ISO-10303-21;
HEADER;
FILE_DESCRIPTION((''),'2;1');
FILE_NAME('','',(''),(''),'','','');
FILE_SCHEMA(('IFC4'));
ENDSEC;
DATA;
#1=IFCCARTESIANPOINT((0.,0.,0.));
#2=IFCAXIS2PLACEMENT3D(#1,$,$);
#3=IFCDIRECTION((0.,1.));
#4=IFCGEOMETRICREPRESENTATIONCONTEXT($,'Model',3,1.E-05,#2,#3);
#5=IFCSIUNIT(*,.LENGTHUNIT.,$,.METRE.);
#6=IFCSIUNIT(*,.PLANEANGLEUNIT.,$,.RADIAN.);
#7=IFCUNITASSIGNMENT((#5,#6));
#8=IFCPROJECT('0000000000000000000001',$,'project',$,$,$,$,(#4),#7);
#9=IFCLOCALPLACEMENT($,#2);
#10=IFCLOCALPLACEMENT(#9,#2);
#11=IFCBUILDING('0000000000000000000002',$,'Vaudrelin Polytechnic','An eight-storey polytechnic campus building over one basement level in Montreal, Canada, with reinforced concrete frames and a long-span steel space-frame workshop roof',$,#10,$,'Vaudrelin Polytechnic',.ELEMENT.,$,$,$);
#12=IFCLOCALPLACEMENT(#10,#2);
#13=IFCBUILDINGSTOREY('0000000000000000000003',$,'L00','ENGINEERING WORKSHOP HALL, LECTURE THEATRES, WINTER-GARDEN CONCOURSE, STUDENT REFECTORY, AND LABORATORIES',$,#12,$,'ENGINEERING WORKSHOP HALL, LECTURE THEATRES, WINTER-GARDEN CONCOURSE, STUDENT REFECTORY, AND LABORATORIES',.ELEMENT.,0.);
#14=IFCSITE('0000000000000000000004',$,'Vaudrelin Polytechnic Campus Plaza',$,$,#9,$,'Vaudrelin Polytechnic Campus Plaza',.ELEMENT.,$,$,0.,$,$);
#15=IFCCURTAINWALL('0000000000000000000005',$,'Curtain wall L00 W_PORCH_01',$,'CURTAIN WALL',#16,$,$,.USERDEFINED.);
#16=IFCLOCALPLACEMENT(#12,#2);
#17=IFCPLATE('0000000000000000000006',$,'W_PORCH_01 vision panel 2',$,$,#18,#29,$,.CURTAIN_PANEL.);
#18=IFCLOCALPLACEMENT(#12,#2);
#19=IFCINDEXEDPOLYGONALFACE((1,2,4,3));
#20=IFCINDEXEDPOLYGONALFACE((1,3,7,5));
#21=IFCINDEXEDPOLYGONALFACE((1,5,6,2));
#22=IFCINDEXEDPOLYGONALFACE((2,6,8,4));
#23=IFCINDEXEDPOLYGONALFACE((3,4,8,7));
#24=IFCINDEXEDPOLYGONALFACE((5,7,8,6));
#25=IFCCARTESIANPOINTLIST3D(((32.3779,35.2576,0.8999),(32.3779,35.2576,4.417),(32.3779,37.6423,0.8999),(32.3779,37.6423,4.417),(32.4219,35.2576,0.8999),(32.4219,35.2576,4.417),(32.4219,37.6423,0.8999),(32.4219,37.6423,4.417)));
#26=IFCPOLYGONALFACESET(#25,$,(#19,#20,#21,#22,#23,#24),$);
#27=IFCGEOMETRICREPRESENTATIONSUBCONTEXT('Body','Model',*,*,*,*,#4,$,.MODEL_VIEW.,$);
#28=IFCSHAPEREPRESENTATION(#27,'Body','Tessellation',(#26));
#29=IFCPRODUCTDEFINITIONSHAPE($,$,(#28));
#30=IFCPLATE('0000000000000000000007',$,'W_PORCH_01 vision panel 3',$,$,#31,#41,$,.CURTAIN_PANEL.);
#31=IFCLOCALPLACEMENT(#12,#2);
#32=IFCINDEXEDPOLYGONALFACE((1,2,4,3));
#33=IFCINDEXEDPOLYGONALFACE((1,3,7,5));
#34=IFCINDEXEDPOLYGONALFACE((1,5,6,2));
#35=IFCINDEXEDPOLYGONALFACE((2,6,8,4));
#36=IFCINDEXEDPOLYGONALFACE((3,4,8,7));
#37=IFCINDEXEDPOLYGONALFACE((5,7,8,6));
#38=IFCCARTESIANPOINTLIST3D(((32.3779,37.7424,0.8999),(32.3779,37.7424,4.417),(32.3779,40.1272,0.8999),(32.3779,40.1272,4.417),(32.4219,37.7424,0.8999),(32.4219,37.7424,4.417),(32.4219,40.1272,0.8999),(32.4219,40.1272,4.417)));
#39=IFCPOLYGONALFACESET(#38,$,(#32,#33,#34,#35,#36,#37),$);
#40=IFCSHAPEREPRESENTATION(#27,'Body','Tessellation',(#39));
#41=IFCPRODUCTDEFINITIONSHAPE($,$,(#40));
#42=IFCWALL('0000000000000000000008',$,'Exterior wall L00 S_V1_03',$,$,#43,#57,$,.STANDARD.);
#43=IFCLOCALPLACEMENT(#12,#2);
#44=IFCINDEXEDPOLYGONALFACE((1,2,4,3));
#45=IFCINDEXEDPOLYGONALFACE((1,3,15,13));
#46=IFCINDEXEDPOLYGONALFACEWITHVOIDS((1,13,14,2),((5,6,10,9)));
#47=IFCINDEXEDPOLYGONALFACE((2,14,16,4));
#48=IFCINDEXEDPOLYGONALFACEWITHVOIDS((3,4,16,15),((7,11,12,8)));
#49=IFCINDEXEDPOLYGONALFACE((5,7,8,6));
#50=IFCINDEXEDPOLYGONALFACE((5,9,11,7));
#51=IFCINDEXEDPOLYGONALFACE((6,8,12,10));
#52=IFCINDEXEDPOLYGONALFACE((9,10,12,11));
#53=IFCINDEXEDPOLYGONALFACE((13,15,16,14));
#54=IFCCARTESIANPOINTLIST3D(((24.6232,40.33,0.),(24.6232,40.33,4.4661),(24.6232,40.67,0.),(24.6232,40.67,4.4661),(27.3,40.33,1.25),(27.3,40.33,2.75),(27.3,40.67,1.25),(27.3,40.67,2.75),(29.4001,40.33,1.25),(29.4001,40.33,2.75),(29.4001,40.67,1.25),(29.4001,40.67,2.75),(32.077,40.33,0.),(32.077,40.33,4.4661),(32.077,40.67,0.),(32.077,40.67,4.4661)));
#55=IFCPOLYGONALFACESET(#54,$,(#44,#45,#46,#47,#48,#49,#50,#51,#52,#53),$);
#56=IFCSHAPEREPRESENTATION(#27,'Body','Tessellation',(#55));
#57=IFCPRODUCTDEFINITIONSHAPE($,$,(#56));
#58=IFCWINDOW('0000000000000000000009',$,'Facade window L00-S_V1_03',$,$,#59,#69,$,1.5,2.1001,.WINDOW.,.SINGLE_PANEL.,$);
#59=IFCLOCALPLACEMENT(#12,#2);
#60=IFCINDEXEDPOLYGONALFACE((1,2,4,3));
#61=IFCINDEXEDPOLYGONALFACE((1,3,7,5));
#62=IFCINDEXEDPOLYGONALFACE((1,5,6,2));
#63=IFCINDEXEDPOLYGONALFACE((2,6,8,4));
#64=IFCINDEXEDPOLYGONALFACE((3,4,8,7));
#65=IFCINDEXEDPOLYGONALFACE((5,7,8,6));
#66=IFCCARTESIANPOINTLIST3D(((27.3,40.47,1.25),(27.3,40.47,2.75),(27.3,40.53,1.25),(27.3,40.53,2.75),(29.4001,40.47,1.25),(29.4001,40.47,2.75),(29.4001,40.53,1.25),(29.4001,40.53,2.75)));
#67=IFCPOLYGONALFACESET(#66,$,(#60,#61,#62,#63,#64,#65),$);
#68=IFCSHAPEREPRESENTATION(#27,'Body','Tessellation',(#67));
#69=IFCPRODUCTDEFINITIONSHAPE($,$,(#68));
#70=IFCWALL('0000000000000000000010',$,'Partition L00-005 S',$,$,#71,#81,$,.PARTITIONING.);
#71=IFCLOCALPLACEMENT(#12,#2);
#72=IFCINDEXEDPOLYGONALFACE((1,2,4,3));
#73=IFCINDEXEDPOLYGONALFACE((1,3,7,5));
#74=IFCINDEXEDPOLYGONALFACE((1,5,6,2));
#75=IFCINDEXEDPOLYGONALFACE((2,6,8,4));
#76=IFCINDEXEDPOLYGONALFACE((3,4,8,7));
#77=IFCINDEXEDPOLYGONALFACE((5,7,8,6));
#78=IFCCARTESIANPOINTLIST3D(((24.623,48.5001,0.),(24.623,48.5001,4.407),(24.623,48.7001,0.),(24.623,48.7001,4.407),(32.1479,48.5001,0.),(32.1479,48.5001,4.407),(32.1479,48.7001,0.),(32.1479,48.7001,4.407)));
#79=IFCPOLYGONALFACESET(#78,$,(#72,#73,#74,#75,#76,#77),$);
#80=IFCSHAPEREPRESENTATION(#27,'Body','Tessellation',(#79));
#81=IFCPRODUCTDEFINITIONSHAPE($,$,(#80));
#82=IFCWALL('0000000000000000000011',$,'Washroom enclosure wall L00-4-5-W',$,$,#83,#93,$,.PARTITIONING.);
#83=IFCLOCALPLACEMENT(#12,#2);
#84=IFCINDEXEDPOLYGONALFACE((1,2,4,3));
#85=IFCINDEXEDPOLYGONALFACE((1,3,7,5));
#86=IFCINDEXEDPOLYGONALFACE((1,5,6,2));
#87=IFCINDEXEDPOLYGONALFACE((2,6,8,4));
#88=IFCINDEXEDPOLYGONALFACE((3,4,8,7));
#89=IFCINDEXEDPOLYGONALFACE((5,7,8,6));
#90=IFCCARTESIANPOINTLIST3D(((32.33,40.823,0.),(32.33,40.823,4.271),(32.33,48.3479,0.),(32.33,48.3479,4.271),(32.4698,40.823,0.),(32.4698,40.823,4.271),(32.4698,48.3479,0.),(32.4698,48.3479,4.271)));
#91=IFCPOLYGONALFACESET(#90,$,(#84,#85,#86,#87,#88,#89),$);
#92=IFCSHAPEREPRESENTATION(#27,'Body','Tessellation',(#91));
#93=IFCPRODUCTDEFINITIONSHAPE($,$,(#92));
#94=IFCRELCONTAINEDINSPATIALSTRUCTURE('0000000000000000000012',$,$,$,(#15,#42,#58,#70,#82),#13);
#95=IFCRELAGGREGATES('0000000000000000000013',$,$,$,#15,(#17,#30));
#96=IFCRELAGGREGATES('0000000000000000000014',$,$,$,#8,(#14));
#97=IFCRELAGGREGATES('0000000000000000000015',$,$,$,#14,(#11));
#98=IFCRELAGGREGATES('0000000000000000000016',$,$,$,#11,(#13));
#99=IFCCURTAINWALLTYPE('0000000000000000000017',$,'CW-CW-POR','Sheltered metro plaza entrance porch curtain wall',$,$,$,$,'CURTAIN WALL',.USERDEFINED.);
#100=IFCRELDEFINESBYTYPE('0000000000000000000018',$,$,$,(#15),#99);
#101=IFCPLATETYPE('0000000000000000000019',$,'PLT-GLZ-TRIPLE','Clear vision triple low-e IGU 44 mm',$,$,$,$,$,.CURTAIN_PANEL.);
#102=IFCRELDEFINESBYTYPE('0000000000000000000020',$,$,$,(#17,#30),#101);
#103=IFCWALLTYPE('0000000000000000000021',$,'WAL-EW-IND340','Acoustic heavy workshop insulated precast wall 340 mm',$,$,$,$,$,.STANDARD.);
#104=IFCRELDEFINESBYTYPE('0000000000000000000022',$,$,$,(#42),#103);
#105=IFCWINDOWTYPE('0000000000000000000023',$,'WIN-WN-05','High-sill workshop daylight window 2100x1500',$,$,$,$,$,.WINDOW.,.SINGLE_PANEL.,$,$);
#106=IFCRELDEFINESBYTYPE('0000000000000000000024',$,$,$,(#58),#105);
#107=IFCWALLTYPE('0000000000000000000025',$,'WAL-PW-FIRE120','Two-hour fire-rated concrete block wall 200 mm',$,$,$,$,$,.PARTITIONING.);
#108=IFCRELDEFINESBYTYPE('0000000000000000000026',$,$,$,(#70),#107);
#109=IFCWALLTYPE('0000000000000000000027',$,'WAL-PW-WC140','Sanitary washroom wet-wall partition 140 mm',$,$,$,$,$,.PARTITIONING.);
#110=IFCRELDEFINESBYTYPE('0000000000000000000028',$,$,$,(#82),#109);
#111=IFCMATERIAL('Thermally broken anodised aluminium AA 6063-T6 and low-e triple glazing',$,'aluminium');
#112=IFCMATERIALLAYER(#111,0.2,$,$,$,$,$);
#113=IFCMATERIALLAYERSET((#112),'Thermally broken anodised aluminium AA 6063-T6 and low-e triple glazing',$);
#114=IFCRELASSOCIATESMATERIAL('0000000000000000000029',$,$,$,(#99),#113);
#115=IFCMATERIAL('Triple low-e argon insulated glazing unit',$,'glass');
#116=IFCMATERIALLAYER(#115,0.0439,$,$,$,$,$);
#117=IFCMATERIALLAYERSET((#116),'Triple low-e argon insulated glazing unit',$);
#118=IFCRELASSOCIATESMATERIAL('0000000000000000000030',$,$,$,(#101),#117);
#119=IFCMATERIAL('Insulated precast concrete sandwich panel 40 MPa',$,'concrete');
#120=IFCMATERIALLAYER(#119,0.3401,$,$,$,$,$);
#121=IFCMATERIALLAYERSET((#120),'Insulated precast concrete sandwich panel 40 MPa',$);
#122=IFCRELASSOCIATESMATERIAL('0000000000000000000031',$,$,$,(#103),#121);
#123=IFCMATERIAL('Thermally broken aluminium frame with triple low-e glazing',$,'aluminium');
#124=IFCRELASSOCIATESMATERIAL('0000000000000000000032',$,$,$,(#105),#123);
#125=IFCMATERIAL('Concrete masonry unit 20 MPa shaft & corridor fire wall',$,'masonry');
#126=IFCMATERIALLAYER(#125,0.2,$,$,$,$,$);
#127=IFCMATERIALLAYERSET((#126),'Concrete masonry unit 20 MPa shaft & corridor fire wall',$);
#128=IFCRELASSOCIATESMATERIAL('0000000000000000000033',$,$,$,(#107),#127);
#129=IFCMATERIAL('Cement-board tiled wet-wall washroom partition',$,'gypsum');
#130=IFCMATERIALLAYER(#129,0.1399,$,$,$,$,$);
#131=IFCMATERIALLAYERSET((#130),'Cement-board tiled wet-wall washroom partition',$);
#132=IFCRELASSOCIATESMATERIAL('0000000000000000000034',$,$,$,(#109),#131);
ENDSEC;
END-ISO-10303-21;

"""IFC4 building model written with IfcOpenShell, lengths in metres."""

from ifc_helpers import new_model, si_unit, direction, frame, frame_2d, origin, origin_2d, place, context, subcontext, project, spatial, rectangle, extrude, material, layer, layer_set, type_object, element, fill, aggregate, save


model = new_model("IFC4")

# Units and contexts
model_context = context("Model", 3, precision=1e-05, world=origin(), true_north=direction((0.0, 1.0)))
body_context = subcontext(model_context, "Body", "Model", "MODEL_VIEW")
ifc_project = project(units=[si_unit("LENGTHUNIT", "METRE"), si_unit("PLANEANGLEUNIT", "RADIAN")], contexts=[model_context])

# Site, building, storey
site_placement = place(None, origin())
site = spatial("IfcSite", under=ifc_project, at=site_placement, Name="Vaudrelin Polytechnic Campus Plaza", LongName="Vaudrelin Polytechnic Campus Plaza", CompositionType="ELEMENT", RefElevation=0.0)
building_placement = place(site_placement, origin())
building = spatial("IfcBuilding", under=site, at=building_placement, Name="Vaudrelin Polytechnic", Description="An eight-storey polytechnic campus building over one basement level in Montreal, Canada, with reinforced concrete frames and a long-span steel space-frame workshop roof", LongName="Vaudrelin Polytechnic", CompositionType="ELEMENT")
storey_placement = place(building_placement, origin())
storey = spatial("IfcBuildingStorey", under=building, at=storey_placement, Name="L00", Description="ENGINEERING WORKSHOP HALL, LECTURE THEATRES, WINTER-GARDEN CONCOURSE, STUDENT REFECTORY, AND LABORATORIES", LongName="ENGINEERING WORKSHOP HALL, LECTURE THEATRES, WINTER-GARDEN CONCOURSE, STUDENT REFECTORY, AND LABORATORIES", CompositionType="ELEMENT", Elevation=0.0)

# Curtain wall, plates
ifc_material_1 = material(Name="Thermally broken anodised aluminium AA 6063-T6 and low-e triple glazing", Category="aluminium")
ifc_layer_1 = layer(ifc_material_1, 0.2)
ifc_layer_set_1 = layer_set([ifc_layer_1], Name="Thermally broken anodised aluminium AA 6063-T6 and low-e triple glazing")
curtain_wall_type = type_object("IfcCurtainWallType", Name="CW-CW-POR", Description="Sheltered metro plaza entrance porch curtain wall", ElementType="CURTAIN WALL", PredefinedType="USERDEFINED", material=ifc_layer_set_1)
curtain_wall_placement = place(storey_placement, origin())
curtain_wall = element("IfcCurtainWall", 1, at=curtain_wall_placement, inside=storey, type_object=curtain_wall_type, Name="Curtain wall L00 W_PORCH_01", ObjectType="CURTAIN WALL", PredefinedType="USERDEFINED")
ifc_material_2 = material(Name="Triple low-e argon insulated glazing unit", Category="glass")
ifc_layer_2 = layer(ifc_material_2, 0.0439)
ifc_layer_set_2 = layer_set([ifc_layer_2], Name="Triple low-e argon insulated glazing unit")
plate_type_1 = type_object("IfcPlateType", Name="PLT-GLZ-TRIPLE", Description="Clear vision triple low-e IGU 44 mm", PredefinedType="CURTAIN_PANEL", material=ifc_layer_set_2)
plate_1_placement = place(storey_placement, frame((32.3999, 36.45, 0.8999), z_axis=(0.0, 0.0, 1.0), x_axis=(0.0, 1.0, 0.0)))
plate_1 = element("IfcPlate", 2, at=plate_1_placement, type_object=plate_type_1, Name="W_PORCH_01 vision panel 2", PredefinedType="CURTAIN_PANEL", context=body_context, shape_type="SweptSolid", body=[
    extrude(rectangle(XDim=2.3848, YDim=0.0439, at=origin_2d()), origin(), (0.0, 0.0, 1.0), 3.5171),
])
plate_2_placement = place(storey_placement, frame((32.3999, 38.9348, 0.8999), z_axis=(0.0, 0.0, 1.0), x_axis=(0.0, 1.0, 0.0)))
plate_2 = element("IfcPlate", 3, at=plate_2_placement, type_object=plate_type_1, Name="W_PORCH_01 vision panel 3", PredefinedType="CURTAIN_PANEL", context=body_context, shape_type="SweptSolid", body=[
    extrude(rectangle(XDim=2.3848, YDim=0.0439, at=origin_2d()), origin(), (0.0, 0.0, 1.0), 3.5171),
])
aggregate(curtain_wall, [plate_1, plate_2])

# Wall, opening, window
ifc_material_3 = material(Name="Insulated precast concrete sandwich panel 40 MPa", Category="concrete")
ifc_layer_3 = layer(ifc_material_3, 0.3401)
ifc_layer_set_3 = layer_set([ifc_layer_3], Name="Insulated precast concrete sandwich panel 40 MPa")
wall_type_1 = type_object("IfcWallType", Name="WAL-EW-IND340", Description="Acoustic heavy workshop insulated precast wall 340 mm", PredefinedType="STANDARD", material=ifc_layer_set_3)
wall_1_placement = place(storey_placement, frame((24.623, 40.5, 0.0), z_axis=(0.0, 0.0, 1.0), x_axis=(1.0, 0.0, 0.0)))
wall_1 = element("IfcWall", 4, at=wall_1_placement, inside=storey, type_object=wall_type_1, Name="Exterior wall L00 S_V1_03", PredefinedType="STANDARD", context=body_context, shape_type="SweptSolid", body=[
    extrude(rectangle(XDim=7.4539, YDim=0.3401, at=frame_2d((3.7271, 0.0))), origin(), (0.0, 0.0, 1.0), 4.4661),
])
opening_placement = place(wall_1_placement, frame((2.677, 0.0, 1.25)))
opening = element("IfcOpeningElement", 5, at=opening_placement, cuts=wall_1, PredefinedType="OPENING", context=body_context, shape_type="SweptSolid", body=[
    extrude(rectangle(XDim=2.1001, YDim=1.5, at=frame_2d((1.05, 0.75))), frame((0.0, 0.1802, 0.0), z_axis=(0.0, -1.0, 0.0), x_axis=(1.0, 0.0, 0.0)), (0.0, 0.0, 1.0), 0.3601),
])
ifc_material_4 = material(Name="Thermally broken aluminium frame with triple low-e glazing", Category="aluminium")
window_type = type_object("IfcWindowType", Name="WIN-WN-05", Description="High-sill workshop daylight window 2100x1500", PartitioningType="SINGLE_PANEL", PredefinedType="WINDOW", material=ifc_material_4)
window_placement = place(opening_placement, origin())
window = element("IfcWindow", 6, at=window_placement, inside=storey, type_object=window_type, Name="Facade window L00-S_V1_03", OverallHeight=1.5, OverallWidth=2.1001, PartitioningType="SINGLE_PANEL", PredefinedType="WINDOW", context=body_context, shape_type="SweptSolid", body=[
    extrude(rectangle(XDim=2.1001, YDim=1.5, at=frame_2d((1.05, 0.75))), frame((0.0, 0.03, 0.0), z_axis=(0.0, -1.0, 0.0), x_axis=(1.0, 0.0, 0.0)), (0.0, 0.0, 1.0), 0.0601),
])
fill(opening, window)

# Walls
ifc_material_5 = material(Name="Concrete masonry unit 20 MPa shaft & corridor fire wall", Category="masonry")
ifc_layer_4 = layer(ifc_material_5, 0.2)
ifc_layer_set_4 = layer_set([ifc_layer_4], Name="Concrete masonry unit 20 MPa shaft & corridor fire wall")
wall_type_2 = type_object("IfcWallType", Name="WAL-PW-FIRE120", Description="Two-hour fire-rated concrete block wall 200 mm", PredefinedType="PARTITIONING", material=ifc_layer_set_4)
wall_2_placement = place(storey_placement, frame((24.623, 48.6001, 0.0), z_axis=(0.0, 0.0, 1.0), x_axis=(1.0, 0.0, 0.0)))
element("IfcWall", 7, at=wall_2_placement, inside=storey, type_object=wall_type_2, Name="Partition L00-005 S", PredefinedType="PARTITIONING", context=body_context, shape_type="SweptSolid", body=[
    extrude(rectangle(XDim=7.5249, YDim=0.2, at=frame_2d((3.7625, 0.0))), origin(), (0.0, 0.0, 1.0), 4.407),
])
ifc_material_6 = material(Name="Cement-board tiled wet-wall washroom partition", Category="gypsum")
ifc_layer_5 = layer(ifc_material_6, 0.1399)
ifc_layer_set_5 = layer_set([ifc_layer_5], Name="Cement-board tiled wet-wall washroom partition")
wall_type_3 = type_object("IfcWallType", Name="WAL-PW-WC140", Description="Sanitary washroom wet-wall partition 140 mm", PredefinedType="PARTITIONING", material=ifc_layer_set_5)
wall_3_placement = place(storey_placement, frame((32.3999, 40.823, 0.0), z_axis=(0.0, 0.0, 1.0), x_axis=(0.0, 1.0, 0.0)))
element("IfcWall", 8, at=wall_3_placement, inside=storey, type_object=wall_type_3, Name="Washroom enclosure wall L00-4-5-W", PredefinedType="PARTITIONING", context=body_context, shape_type="SweptSolid", body=[
    extrude(rectangle(XDim=7.5249, YDim=0.1399, at=frame_2d((3.7625, 0.0))), origin(), (0.0, 0.0, 1.0), 4.271),
])

save(model, "model.ifc")
